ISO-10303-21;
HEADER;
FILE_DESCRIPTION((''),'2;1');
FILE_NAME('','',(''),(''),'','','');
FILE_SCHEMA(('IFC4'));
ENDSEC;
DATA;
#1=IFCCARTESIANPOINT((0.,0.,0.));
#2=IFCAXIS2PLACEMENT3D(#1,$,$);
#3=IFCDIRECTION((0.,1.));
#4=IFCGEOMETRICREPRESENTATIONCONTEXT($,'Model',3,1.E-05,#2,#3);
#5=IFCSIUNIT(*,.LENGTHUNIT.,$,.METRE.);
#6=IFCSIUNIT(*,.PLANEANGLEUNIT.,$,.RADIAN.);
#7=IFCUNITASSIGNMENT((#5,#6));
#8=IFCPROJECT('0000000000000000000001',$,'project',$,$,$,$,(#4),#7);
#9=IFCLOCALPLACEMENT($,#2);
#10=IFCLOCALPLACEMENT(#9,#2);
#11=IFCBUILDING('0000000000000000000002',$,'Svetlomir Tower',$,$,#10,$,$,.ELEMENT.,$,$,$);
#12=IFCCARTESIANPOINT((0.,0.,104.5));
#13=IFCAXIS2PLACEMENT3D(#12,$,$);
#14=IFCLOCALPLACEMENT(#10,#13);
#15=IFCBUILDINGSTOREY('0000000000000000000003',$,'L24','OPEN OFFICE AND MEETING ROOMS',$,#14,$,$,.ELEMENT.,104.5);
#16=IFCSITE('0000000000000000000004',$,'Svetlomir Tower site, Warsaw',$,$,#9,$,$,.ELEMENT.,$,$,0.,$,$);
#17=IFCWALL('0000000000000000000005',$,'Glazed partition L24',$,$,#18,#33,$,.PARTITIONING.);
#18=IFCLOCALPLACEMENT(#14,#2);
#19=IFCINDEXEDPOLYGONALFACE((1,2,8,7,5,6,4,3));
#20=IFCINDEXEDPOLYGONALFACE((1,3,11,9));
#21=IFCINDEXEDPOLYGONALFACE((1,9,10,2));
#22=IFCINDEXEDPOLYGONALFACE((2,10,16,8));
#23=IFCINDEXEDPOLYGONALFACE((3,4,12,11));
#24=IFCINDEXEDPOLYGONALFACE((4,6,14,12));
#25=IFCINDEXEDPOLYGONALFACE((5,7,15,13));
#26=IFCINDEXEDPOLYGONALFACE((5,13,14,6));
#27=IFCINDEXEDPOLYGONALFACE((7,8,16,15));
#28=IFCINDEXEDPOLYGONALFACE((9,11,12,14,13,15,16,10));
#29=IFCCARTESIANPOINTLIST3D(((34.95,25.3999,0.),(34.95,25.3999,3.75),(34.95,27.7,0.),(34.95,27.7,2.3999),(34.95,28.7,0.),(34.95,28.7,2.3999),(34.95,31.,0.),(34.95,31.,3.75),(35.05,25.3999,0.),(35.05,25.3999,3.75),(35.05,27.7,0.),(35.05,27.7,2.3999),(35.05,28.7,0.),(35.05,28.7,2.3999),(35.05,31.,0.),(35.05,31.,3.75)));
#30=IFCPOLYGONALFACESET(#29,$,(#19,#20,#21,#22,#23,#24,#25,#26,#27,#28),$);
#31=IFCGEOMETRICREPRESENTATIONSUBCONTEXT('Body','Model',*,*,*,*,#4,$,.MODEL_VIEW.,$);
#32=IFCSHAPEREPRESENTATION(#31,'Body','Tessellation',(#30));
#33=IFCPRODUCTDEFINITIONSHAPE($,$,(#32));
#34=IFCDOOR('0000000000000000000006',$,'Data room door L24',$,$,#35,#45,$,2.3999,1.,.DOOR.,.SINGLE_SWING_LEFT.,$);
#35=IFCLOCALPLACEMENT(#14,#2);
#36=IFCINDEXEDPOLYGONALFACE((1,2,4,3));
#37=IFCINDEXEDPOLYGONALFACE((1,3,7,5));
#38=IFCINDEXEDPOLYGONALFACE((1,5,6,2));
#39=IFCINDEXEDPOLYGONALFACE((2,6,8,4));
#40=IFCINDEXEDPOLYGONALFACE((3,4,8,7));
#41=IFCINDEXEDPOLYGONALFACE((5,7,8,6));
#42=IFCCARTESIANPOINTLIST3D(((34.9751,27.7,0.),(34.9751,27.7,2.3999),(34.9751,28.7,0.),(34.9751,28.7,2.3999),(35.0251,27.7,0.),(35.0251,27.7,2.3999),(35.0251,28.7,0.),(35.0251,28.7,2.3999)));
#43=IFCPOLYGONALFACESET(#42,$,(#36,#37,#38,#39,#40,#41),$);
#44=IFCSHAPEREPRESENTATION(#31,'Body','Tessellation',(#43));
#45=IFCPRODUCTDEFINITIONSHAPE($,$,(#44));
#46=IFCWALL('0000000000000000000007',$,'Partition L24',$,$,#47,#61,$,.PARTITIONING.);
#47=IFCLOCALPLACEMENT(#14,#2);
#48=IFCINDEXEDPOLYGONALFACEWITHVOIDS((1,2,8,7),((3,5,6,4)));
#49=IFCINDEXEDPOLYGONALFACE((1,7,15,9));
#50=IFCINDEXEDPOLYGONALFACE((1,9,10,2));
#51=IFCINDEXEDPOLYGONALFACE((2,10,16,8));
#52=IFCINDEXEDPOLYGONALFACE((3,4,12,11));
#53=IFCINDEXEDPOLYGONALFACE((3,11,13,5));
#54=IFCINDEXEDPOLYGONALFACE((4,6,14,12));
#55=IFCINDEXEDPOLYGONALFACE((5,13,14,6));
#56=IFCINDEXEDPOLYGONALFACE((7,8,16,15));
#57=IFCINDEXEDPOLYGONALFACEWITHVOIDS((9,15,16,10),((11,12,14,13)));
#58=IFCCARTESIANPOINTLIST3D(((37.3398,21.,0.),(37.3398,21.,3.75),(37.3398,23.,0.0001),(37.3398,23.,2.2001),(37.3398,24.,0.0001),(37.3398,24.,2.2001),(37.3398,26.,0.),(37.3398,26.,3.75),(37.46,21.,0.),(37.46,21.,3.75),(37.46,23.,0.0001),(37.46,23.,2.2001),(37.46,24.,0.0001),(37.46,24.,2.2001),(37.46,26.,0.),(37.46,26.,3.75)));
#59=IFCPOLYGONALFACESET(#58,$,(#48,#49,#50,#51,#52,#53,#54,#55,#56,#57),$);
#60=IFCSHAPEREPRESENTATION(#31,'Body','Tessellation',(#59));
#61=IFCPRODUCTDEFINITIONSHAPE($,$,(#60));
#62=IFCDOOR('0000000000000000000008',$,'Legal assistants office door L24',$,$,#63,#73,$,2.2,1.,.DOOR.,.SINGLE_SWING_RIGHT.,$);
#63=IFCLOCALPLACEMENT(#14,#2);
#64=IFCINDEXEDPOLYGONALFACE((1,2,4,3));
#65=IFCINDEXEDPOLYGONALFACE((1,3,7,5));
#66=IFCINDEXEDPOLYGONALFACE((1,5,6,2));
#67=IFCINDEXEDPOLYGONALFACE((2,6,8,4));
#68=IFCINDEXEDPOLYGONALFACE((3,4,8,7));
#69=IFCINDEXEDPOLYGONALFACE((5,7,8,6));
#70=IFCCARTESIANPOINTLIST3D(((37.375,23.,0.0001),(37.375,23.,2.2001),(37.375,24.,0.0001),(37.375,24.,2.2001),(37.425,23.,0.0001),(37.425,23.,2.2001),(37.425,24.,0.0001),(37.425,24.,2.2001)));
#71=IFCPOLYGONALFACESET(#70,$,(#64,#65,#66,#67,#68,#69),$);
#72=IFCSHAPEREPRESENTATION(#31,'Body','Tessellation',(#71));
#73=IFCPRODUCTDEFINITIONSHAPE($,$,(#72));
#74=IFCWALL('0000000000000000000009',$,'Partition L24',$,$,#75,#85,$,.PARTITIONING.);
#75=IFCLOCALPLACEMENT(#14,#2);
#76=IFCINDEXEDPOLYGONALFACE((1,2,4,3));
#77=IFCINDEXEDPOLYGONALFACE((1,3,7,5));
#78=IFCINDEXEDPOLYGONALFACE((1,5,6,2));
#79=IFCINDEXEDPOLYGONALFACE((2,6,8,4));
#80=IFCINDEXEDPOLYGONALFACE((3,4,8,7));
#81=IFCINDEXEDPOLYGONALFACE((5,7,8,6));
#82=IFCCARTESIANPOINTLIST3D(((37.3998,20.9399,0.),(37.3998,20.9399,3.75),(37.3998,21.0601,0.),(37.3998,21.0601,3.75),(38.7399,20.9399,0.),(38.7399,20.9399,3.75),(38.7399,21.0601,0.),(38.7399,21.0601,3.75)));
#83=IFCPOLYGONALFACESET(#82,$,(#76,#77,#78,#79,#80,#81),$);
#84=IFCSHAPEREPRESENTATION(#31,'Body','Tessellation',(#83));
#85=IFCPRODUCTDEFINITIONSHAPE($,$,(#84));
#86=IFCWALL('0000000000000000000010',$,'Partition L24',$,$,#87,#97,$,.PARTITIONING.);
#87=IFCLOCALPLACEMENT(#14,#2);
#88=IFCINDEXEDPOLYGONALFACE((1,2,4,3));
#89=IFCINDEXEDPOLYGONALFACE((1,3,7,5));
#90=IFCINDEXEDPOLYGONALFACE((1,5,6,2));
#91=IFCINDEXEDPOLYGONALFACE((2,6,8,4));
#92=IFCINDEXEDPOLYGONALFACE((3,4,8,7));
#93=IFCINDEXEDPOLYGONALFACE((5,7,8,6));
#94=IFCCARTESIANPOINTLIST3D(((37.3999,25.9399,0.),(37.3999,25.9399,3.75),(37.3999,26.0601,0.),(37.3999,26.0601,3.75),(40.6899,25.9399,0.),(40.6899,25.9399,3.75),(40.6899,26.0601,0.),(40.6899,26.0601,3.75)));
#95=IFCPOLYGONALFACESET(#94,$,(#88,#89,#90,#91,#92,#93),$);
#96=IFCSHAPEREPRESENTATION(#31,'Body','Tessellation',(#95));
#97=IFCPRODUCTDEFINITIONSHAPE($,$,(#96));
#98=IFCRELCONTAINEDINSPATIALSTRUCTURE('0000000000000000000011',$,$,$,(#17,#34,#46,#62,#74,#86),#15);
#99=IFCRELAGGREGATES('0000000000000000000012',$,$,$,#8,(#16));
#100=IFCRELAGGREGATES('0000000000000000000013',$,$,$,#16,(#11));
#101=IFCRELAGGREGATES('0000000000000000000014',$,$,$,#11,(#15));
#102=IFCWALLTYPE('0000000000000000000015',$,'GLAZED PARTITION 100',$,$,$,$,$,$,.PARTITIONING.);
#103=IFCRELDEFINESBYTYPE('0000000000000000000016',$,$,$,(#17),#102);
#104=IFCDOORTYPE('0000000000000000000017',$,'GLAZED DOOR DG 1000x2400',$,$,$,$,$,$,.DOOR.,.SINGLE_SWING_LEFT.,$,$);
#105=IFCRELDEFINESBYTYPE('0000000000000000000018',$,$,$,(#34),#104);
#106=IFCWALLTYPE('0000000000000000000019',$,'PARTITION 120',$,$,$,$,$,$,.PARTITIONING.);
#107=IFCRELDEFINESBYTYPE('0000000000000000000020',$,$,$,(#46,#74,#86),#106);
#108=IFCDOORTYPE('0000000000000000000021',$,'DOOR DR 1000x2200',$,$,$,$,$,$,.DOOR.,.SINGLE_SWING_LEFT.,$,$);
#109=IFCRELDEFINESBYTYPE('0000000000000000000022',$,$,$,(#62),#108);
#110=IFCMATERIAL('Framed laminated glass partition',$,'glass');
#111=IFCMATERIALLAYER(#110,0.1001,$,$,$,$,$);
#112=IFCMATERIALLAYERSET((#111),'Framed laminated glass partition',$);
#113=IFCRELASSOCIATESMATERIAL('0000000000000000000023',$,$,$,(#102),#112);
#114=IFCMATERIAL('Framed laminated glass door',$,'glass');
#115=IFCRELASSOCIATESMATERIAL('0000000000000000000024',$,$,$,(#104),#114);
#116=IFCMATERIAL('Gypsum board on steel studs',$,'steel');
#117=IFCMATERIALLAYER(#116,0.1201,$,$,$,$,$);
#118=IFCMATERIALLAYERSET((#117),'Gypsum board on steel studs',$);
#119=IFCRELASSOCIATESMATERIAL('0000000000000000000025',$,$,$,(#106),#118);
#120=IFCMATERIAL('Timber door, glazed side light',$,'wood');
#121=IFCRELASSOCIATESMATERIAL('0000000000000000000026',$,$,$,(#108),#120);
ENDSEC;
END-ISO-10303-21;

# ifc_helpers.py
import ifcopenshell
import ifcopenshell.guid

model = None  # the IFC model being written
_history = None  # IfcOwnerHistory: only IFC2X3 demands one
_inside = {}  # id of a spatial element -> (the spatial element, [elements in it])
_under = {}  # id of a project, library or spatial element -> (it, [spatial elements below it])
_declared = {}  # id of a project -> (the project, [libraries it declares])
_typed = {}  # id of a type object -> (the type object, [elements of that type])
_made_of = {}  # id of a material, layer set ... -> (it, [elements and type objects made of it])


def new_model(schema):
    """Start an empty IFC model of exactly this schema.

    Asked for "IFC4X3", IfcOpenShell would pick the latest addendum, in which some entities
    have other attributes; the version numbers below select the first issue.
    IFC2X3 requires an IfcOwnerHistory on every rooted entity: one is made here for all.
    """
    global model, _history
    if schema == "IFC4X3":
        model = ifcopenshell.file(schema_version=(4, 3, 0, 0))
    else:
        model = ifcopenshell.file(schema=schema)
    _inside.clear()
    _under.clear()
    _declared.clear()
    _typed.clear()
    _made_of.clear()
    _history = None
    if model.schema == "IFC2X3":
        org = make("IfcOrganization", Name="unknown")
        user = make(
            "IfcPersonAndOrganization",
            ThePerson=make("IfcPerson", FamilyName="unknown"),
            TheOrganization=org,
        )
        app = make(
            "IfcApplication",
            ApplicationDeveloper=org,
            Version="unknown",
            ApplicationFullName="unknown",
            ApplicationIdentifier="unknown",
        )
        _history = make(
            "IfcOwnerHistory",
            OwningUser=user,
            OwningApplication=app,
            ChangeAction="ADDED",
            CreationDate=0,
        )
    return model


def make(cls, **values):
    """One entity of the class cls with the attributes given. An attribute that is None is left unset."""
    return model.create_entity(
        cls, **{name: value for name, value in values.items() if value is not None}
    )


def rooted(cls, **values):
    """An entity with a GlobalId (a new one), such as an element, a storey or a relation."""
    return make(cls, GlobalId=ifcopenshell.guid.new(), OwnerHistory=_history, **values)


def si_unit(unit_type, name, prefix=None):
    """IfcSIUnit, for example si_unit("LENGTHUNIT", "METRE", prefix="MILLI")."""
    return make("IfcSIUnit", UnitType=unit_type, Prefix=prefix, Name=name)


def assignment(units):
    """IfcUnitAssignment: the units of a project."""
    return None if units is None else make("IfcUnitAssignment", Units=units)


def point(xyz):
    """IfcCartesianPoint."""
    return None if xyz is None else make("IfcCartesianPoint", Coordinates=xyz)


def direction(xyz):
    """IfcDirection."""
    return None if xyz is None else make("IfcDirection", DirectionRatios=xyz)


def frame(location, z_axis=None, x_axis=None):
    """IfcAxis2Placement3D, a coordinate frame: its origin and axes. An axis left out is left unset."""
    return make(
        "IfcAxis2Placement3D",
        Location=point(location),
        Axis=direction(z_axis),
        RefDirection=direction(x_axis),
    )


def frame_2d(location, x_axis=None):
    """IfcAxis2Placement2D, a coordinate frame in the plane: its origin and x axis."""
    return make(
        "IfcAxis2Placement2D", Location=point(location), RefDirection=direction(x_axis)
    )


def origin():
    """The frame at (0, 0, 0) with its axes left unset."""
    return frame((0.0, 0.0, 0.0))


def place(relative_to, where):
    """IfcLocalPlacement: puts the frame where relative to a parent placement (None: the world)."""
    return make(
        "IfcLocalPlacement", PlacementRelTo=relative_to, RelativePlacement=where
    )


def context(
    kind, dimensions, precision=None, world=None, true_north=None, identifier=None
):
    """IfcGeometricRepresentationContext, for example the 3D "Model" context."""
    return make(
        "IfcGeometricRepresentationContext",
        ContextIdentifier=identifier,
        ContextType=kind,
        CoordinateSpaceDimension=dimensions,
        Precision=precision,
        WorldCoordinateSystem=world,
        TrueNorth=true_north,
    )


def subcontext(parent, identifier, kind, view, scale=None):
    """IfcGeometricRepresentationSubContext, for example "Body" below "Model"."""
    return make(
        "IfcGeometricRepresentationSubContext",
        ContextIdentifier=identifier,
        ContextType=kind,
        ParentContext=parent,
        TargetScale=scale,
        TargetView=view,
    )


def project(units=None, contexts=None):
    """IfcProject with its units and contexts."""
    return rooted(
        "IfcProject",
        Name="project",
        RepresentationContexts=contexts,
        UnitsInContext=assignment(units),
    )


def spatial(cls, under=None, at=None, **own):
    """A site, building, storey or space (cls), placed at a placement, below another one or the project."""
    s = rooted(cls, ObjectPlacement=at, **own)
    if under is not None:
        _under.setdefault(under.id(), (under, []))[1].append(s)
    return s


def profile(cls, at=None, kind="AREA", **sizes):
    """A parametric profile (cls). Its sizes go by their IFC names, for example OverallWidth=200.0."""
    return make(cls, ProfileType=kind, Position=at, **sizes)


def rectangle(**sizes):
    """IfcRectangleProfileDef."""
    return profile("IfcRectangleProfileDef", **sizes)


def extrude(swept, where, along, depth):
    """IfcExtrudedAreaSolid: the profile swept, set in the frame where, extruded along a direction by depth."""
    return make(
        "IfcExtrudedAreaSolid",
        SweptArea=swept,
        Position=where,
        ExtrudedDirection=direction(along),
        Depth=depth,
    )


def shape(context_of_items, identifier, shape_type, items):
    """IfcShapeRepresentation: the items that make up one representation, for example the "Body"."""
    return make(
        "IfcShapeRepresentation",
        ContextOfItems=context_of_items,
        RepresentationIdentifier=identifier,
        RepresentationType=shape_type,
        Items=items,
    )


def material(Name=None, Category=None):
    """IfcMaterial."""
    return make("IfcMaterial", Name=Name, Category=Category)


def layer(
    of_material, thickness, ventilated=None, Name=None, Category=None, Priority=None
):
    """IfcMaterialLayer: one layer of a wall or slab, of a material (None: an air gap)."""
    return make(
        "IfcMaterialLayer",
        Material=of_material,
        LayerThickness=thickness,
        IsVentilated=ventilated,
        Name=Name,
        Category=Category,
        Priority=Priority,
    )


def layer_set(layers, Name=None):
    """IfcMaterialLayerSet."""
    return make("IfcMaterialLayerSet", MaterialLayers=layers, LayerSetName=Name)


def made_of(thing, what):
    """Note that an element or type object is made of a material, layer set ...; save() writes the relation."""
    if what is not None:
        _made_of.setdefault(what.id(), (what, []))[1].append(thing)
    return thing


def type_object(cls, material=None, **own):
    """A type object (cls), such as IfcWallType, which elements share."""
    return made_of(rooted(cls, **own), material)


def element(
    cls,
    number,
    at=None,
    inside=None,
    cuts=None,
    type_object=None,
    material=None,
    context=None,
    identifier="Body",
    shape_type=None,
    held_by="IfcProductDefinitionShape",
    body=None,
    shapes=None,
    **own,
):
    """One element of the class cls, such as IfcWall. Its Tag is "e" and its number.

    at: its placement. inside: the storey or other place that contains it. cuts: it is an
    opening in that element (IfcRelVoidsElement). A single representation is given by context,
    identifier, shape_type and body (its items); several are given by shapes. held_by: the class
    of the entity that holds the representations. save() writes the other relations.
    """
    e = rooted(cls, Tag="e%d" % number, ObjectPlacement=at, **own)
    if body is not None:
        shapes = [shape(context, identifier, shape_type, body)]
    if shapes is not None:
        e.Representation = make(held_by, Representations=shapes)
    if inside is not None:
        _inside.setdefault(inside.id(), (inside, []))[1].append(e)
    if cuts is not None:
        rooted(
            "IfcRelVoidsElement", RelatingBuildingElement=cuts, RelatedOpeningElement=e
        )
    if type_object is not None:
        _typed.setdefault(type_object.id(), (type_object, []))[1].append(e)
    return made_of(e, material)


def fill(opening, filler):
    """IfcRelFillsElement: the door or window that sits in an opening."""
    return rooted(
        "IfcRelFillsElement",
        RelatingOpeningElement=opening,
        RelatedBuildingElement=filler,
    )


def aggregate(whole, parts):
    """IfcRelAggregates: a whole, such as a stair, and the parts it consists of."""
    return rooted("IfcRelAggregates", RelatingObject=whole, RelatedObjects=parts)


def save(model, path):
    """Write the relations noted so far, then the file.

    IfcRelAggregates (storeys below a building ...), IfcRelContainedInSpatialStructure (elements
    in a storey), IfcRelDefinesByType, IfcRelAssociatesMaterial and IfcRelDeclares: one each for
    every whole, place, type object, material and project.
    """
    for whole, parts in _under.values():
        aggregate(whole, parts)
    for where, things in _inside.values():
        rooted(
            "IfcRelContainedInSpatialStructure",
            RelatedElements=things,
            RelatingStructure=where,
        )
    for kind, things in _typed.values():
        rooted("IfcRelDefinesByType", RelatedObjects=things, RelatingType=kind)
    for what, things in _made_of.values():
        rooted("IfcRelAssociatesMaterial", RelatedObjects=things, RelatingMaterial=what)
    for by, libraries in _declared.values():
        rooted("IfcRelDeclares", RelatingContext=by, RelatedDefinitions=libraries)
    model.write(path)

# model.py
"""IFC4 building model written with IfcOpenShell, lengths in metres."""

from ifc_helpers import new_model, si_unit, direction, frame, frame_2d, origin, place, context, subcontext, project, spatial, rectangle, extrude, material, layer, layer_set, type_object, element, fill, save


model = new_model("IFC4")

# Units and contexts
model_context = context("Model", 3, precision=1e-05, world=origin(), true_north=direction((0.0, 1.0)))
body_context = subcontext(model_context, "Body", "Model", "MODEL_VIEW")
ifc_project = project(units=[si_unit("LENGTHUNIT", "METRE"), si_unit("PLANEANGLEUNIT", "RADIAN")], contexts=[model_context])

# Site, building, storey
site_placement = place(None, origin())
site = spatial("IfcSite", under=ifc_project, at=site_placement, Name="Svetlomir Tower site, Warsaw", CompositionType="ELEMENT", RefElevation=0.0)
building_placement = place(site_placement, origin())
building = spatial("IfcBuilding", under=site, at=building_placement, Name="Svetlomir Tower", CompositionType="ELEMENT")
storey_placement = place(building_placement, frame((0.0, 0.0, 104.5)))
storey = spatial("IfcBuildingStorey", under=building, at=storey_placement, Name="L24", Description="OPEN OFFICE AND MEETING ROOMS", CompositionType="ELEMENT", Elevation=104.5)

# Walls, openings, doors
ifc_material_1 = material(Name="Framed laminated glass partition", Category="glass")
ifc_layer_1 = layer(ifc_material_1, 0.1001)
ifc_layer_set_1 = layer_set([ifc_layer_1], Name="Framed laminated glass partition")
wall_type_1 = type_object("IfcWallType", Name="GLAZED PARTITION 100", PredefinedType="PARTITIONING", material=ifc_layer_set_1)
wall_1_placement = place(storey_placement, frame((35.0, 25.3999, 0.0), z_axis=(0.0, 0.0, 1.0), x_axis=(0.0, 1.0, 0.0)))
wall_1 = element("IfcWall", 1, at=wall_1_placement, inside=storey, type_object=wall_type_1, Name="Glazed partition L24", PredefinedType="PARTITIONING", context=body_context, shape_type="SweptSolid", body=[
    extrude(rectangle(XDim=5.6001, YDim=0.1001, at=frame_2d((2.8, 0.0))), origin(), (0.0, 0.0, 1.0), 3.75),
])
opening_1_placement = place(wall_1_placement, frame((2.3, 0.0, 0.0)))
opening_1 = element("IfcOpeningElement", 2, at=opening_1_placement, cuts=wall_1, PredefinedType="OPENING", context=body_context, shape_type="SweptSolid", body=[
    extrude(rectangle(XDim=1.0, YDim=2.3999, at=frame_2d((0.5, 1.2))), frame((0.0, 0.0601, 0.0), z_axis=(0.0, -1.0, 0.0), x_axis=(1.0, 0.0, 0.0)), (0.0, 0.0, 1.0), 0.1201),
])
ifc_material_2 = material(Name="Framed laminated glass door", Category="glass")
door_type_1 = type_object("IfcDoorType", Name="GLAZED DOOR DG 1000x2400", OperationType="SINGLE_SWING_LEFT", PredefinedType="DOOR", material=ifc_material_2)
door_1_placement = place(opening_1_placement, origin())
door_1 = element("IfcDoor", 3, at=door_1_placement, inside=storey, type_object=door_type_1, Name="Data room door L24", OperationType="SINGLE_SWING_LEFT", OverallHeight=2.3999, OverallWidth=1.0, PredefinedType="DOOR", context=body_context, shape_type="SweptSolid", body=[
    extrude(rectangle(XDim=1.0, YDim=2.3999, at=frame_2d((0.5, 1.2))), frame((0.0, 0.0249, 0.0), z_axis=(0.0, -1.0, 0.0), x_axis=(1.0, 0.0, 0.0)), (0.0, 0.0, 1.0), 0.05),
])
fill(opening_1, door_1)
ifc_material_3 = material(Name="Gypsum board on steel studs", Category="steel")
ifc_layer_2 = layer(ifc_material_3, 0.1201)
ifc_layer_set_2 = layer_set([ifc_layer_2], Name="Gypsum board on steel studs")
wall_type_2 = type_object("IfcWallType", Name="PARTITION 120", PredefinedType="PARTITIONING", material=ifc_layer_set_2)
wall_2_placement = place(storey_placement, frame((37.3999, 21.0, 0.0), z_axis=(0.0, 0.0, 1.0), x_axis=(0.0, 1.0, 0.0)))
wall_2 = element("IfcWall", 4, at=wall_2_placement, inside=storey, type_object=wall_type_2, Name="Partition L24", PredefinedType="PARTITIONING", context=body_context, shape_type="SweptSolid", body=[
    extrude(rectangle(XDim=5.0, YDim=0.1201, at=frame_2d((2.5, 0.0))), origin(), (0.0, 0.0, 1.0), 3.75),
])
opening_2_placement = place(wall_2_placement, frame((2.0, 0.0, 0.0)))
opening_2 = element("IfcOpeningElement", 5, at=opening_2_placement, cuts=wall_2, PredefinedType="OPENING", context=body_context, shape_type="SweptSolid", body=[
    extrude(rectangle(XDim=1.0, YDim=2.2, at=frame_2d((0.5, 1.1001))), frame((0.0, 0.0701, 0.0), z_axis=(0.0, -1.0, 0.0), x_axis=(1.0, 0.0, 0.0)), (0.0, 0.0, 1.0), 0.1401),
])
ifc_material_4 = material(Name="Timber door, glazed side light", Category="wood")
door_type_2 = type_object("IfcDoorType", Name="DOOR DR 1000x2200", OperationType="SINGLE_SWING_LEFT", PredefinedType="DOOR", material=ifc_material_4)
door_2_placement = place(opening_2_placement, origin())
door_2 = element("IfcDoor", 6, at=door_2_placement, inside=storey, type_object=door_type_2, Name="Legal assistants office door L24", OperationType="SINGLE_SWING_RIGHT", OverallHeight=2.2, OverallWidth=1.0, PredefinedType="DOOR", context=body_context, shape_type="SweptSolid", body=[
    extrude(rectangle(XDim=1.0, YDim=2.2, at=frame_2d((0.5, 1.1001))), frame((0.0, 0.0249, 0.0), z_axis=(0.0, -1.0, 0.0), x_axis=(1.0, 0.0, 0.0)), (0.0, 0.0, 1.0), 0.05),
])
fill(opening_2, door_2)

# Walls
wall_3_placement = place(storey_placement, frame((37.3999, 21.0, 0.0), z_axis=(0.0, 0.0, 1.0), x_axis=(1.0, 0.0, 0.0)))
element("IfcWall", 7, at=wall_3_placement, inside=storey, type_object=wall_type_2, Name="Partition L24", PredefinedType="PARTITIONING", context=body_context, shape_type="SweptSolid", body=[
    extrude(rectangle(XDim=1.3401, YDim=0.1201, at=frame_2d((0.6699, 0.0))), origin(), (0.0, 0.0, 1.0), 3.75),
])
wall_4_placement = place(storey_placement, frame((37.3999, 26.0, 0.0), z_axis=(0.0, 0.0, 1.0), x_axis=(1.0, 0.0, 0.0)))
element("IfcWall", 8, at=wall_4_placement, inside=storey, type_object=wall_type_2, Name="Partition L24", PredefinedType="PARTITIONING", context=body_context, shape_type="SweptSolid", body=[
    extrude(rectangle(XDim=3.29, YDim=0.1201, at=frame_2d((1.645, 0.0))), origin(), (0.0, 0.0, 1.0), 3.75),
])

save(model, "model.ifc")
